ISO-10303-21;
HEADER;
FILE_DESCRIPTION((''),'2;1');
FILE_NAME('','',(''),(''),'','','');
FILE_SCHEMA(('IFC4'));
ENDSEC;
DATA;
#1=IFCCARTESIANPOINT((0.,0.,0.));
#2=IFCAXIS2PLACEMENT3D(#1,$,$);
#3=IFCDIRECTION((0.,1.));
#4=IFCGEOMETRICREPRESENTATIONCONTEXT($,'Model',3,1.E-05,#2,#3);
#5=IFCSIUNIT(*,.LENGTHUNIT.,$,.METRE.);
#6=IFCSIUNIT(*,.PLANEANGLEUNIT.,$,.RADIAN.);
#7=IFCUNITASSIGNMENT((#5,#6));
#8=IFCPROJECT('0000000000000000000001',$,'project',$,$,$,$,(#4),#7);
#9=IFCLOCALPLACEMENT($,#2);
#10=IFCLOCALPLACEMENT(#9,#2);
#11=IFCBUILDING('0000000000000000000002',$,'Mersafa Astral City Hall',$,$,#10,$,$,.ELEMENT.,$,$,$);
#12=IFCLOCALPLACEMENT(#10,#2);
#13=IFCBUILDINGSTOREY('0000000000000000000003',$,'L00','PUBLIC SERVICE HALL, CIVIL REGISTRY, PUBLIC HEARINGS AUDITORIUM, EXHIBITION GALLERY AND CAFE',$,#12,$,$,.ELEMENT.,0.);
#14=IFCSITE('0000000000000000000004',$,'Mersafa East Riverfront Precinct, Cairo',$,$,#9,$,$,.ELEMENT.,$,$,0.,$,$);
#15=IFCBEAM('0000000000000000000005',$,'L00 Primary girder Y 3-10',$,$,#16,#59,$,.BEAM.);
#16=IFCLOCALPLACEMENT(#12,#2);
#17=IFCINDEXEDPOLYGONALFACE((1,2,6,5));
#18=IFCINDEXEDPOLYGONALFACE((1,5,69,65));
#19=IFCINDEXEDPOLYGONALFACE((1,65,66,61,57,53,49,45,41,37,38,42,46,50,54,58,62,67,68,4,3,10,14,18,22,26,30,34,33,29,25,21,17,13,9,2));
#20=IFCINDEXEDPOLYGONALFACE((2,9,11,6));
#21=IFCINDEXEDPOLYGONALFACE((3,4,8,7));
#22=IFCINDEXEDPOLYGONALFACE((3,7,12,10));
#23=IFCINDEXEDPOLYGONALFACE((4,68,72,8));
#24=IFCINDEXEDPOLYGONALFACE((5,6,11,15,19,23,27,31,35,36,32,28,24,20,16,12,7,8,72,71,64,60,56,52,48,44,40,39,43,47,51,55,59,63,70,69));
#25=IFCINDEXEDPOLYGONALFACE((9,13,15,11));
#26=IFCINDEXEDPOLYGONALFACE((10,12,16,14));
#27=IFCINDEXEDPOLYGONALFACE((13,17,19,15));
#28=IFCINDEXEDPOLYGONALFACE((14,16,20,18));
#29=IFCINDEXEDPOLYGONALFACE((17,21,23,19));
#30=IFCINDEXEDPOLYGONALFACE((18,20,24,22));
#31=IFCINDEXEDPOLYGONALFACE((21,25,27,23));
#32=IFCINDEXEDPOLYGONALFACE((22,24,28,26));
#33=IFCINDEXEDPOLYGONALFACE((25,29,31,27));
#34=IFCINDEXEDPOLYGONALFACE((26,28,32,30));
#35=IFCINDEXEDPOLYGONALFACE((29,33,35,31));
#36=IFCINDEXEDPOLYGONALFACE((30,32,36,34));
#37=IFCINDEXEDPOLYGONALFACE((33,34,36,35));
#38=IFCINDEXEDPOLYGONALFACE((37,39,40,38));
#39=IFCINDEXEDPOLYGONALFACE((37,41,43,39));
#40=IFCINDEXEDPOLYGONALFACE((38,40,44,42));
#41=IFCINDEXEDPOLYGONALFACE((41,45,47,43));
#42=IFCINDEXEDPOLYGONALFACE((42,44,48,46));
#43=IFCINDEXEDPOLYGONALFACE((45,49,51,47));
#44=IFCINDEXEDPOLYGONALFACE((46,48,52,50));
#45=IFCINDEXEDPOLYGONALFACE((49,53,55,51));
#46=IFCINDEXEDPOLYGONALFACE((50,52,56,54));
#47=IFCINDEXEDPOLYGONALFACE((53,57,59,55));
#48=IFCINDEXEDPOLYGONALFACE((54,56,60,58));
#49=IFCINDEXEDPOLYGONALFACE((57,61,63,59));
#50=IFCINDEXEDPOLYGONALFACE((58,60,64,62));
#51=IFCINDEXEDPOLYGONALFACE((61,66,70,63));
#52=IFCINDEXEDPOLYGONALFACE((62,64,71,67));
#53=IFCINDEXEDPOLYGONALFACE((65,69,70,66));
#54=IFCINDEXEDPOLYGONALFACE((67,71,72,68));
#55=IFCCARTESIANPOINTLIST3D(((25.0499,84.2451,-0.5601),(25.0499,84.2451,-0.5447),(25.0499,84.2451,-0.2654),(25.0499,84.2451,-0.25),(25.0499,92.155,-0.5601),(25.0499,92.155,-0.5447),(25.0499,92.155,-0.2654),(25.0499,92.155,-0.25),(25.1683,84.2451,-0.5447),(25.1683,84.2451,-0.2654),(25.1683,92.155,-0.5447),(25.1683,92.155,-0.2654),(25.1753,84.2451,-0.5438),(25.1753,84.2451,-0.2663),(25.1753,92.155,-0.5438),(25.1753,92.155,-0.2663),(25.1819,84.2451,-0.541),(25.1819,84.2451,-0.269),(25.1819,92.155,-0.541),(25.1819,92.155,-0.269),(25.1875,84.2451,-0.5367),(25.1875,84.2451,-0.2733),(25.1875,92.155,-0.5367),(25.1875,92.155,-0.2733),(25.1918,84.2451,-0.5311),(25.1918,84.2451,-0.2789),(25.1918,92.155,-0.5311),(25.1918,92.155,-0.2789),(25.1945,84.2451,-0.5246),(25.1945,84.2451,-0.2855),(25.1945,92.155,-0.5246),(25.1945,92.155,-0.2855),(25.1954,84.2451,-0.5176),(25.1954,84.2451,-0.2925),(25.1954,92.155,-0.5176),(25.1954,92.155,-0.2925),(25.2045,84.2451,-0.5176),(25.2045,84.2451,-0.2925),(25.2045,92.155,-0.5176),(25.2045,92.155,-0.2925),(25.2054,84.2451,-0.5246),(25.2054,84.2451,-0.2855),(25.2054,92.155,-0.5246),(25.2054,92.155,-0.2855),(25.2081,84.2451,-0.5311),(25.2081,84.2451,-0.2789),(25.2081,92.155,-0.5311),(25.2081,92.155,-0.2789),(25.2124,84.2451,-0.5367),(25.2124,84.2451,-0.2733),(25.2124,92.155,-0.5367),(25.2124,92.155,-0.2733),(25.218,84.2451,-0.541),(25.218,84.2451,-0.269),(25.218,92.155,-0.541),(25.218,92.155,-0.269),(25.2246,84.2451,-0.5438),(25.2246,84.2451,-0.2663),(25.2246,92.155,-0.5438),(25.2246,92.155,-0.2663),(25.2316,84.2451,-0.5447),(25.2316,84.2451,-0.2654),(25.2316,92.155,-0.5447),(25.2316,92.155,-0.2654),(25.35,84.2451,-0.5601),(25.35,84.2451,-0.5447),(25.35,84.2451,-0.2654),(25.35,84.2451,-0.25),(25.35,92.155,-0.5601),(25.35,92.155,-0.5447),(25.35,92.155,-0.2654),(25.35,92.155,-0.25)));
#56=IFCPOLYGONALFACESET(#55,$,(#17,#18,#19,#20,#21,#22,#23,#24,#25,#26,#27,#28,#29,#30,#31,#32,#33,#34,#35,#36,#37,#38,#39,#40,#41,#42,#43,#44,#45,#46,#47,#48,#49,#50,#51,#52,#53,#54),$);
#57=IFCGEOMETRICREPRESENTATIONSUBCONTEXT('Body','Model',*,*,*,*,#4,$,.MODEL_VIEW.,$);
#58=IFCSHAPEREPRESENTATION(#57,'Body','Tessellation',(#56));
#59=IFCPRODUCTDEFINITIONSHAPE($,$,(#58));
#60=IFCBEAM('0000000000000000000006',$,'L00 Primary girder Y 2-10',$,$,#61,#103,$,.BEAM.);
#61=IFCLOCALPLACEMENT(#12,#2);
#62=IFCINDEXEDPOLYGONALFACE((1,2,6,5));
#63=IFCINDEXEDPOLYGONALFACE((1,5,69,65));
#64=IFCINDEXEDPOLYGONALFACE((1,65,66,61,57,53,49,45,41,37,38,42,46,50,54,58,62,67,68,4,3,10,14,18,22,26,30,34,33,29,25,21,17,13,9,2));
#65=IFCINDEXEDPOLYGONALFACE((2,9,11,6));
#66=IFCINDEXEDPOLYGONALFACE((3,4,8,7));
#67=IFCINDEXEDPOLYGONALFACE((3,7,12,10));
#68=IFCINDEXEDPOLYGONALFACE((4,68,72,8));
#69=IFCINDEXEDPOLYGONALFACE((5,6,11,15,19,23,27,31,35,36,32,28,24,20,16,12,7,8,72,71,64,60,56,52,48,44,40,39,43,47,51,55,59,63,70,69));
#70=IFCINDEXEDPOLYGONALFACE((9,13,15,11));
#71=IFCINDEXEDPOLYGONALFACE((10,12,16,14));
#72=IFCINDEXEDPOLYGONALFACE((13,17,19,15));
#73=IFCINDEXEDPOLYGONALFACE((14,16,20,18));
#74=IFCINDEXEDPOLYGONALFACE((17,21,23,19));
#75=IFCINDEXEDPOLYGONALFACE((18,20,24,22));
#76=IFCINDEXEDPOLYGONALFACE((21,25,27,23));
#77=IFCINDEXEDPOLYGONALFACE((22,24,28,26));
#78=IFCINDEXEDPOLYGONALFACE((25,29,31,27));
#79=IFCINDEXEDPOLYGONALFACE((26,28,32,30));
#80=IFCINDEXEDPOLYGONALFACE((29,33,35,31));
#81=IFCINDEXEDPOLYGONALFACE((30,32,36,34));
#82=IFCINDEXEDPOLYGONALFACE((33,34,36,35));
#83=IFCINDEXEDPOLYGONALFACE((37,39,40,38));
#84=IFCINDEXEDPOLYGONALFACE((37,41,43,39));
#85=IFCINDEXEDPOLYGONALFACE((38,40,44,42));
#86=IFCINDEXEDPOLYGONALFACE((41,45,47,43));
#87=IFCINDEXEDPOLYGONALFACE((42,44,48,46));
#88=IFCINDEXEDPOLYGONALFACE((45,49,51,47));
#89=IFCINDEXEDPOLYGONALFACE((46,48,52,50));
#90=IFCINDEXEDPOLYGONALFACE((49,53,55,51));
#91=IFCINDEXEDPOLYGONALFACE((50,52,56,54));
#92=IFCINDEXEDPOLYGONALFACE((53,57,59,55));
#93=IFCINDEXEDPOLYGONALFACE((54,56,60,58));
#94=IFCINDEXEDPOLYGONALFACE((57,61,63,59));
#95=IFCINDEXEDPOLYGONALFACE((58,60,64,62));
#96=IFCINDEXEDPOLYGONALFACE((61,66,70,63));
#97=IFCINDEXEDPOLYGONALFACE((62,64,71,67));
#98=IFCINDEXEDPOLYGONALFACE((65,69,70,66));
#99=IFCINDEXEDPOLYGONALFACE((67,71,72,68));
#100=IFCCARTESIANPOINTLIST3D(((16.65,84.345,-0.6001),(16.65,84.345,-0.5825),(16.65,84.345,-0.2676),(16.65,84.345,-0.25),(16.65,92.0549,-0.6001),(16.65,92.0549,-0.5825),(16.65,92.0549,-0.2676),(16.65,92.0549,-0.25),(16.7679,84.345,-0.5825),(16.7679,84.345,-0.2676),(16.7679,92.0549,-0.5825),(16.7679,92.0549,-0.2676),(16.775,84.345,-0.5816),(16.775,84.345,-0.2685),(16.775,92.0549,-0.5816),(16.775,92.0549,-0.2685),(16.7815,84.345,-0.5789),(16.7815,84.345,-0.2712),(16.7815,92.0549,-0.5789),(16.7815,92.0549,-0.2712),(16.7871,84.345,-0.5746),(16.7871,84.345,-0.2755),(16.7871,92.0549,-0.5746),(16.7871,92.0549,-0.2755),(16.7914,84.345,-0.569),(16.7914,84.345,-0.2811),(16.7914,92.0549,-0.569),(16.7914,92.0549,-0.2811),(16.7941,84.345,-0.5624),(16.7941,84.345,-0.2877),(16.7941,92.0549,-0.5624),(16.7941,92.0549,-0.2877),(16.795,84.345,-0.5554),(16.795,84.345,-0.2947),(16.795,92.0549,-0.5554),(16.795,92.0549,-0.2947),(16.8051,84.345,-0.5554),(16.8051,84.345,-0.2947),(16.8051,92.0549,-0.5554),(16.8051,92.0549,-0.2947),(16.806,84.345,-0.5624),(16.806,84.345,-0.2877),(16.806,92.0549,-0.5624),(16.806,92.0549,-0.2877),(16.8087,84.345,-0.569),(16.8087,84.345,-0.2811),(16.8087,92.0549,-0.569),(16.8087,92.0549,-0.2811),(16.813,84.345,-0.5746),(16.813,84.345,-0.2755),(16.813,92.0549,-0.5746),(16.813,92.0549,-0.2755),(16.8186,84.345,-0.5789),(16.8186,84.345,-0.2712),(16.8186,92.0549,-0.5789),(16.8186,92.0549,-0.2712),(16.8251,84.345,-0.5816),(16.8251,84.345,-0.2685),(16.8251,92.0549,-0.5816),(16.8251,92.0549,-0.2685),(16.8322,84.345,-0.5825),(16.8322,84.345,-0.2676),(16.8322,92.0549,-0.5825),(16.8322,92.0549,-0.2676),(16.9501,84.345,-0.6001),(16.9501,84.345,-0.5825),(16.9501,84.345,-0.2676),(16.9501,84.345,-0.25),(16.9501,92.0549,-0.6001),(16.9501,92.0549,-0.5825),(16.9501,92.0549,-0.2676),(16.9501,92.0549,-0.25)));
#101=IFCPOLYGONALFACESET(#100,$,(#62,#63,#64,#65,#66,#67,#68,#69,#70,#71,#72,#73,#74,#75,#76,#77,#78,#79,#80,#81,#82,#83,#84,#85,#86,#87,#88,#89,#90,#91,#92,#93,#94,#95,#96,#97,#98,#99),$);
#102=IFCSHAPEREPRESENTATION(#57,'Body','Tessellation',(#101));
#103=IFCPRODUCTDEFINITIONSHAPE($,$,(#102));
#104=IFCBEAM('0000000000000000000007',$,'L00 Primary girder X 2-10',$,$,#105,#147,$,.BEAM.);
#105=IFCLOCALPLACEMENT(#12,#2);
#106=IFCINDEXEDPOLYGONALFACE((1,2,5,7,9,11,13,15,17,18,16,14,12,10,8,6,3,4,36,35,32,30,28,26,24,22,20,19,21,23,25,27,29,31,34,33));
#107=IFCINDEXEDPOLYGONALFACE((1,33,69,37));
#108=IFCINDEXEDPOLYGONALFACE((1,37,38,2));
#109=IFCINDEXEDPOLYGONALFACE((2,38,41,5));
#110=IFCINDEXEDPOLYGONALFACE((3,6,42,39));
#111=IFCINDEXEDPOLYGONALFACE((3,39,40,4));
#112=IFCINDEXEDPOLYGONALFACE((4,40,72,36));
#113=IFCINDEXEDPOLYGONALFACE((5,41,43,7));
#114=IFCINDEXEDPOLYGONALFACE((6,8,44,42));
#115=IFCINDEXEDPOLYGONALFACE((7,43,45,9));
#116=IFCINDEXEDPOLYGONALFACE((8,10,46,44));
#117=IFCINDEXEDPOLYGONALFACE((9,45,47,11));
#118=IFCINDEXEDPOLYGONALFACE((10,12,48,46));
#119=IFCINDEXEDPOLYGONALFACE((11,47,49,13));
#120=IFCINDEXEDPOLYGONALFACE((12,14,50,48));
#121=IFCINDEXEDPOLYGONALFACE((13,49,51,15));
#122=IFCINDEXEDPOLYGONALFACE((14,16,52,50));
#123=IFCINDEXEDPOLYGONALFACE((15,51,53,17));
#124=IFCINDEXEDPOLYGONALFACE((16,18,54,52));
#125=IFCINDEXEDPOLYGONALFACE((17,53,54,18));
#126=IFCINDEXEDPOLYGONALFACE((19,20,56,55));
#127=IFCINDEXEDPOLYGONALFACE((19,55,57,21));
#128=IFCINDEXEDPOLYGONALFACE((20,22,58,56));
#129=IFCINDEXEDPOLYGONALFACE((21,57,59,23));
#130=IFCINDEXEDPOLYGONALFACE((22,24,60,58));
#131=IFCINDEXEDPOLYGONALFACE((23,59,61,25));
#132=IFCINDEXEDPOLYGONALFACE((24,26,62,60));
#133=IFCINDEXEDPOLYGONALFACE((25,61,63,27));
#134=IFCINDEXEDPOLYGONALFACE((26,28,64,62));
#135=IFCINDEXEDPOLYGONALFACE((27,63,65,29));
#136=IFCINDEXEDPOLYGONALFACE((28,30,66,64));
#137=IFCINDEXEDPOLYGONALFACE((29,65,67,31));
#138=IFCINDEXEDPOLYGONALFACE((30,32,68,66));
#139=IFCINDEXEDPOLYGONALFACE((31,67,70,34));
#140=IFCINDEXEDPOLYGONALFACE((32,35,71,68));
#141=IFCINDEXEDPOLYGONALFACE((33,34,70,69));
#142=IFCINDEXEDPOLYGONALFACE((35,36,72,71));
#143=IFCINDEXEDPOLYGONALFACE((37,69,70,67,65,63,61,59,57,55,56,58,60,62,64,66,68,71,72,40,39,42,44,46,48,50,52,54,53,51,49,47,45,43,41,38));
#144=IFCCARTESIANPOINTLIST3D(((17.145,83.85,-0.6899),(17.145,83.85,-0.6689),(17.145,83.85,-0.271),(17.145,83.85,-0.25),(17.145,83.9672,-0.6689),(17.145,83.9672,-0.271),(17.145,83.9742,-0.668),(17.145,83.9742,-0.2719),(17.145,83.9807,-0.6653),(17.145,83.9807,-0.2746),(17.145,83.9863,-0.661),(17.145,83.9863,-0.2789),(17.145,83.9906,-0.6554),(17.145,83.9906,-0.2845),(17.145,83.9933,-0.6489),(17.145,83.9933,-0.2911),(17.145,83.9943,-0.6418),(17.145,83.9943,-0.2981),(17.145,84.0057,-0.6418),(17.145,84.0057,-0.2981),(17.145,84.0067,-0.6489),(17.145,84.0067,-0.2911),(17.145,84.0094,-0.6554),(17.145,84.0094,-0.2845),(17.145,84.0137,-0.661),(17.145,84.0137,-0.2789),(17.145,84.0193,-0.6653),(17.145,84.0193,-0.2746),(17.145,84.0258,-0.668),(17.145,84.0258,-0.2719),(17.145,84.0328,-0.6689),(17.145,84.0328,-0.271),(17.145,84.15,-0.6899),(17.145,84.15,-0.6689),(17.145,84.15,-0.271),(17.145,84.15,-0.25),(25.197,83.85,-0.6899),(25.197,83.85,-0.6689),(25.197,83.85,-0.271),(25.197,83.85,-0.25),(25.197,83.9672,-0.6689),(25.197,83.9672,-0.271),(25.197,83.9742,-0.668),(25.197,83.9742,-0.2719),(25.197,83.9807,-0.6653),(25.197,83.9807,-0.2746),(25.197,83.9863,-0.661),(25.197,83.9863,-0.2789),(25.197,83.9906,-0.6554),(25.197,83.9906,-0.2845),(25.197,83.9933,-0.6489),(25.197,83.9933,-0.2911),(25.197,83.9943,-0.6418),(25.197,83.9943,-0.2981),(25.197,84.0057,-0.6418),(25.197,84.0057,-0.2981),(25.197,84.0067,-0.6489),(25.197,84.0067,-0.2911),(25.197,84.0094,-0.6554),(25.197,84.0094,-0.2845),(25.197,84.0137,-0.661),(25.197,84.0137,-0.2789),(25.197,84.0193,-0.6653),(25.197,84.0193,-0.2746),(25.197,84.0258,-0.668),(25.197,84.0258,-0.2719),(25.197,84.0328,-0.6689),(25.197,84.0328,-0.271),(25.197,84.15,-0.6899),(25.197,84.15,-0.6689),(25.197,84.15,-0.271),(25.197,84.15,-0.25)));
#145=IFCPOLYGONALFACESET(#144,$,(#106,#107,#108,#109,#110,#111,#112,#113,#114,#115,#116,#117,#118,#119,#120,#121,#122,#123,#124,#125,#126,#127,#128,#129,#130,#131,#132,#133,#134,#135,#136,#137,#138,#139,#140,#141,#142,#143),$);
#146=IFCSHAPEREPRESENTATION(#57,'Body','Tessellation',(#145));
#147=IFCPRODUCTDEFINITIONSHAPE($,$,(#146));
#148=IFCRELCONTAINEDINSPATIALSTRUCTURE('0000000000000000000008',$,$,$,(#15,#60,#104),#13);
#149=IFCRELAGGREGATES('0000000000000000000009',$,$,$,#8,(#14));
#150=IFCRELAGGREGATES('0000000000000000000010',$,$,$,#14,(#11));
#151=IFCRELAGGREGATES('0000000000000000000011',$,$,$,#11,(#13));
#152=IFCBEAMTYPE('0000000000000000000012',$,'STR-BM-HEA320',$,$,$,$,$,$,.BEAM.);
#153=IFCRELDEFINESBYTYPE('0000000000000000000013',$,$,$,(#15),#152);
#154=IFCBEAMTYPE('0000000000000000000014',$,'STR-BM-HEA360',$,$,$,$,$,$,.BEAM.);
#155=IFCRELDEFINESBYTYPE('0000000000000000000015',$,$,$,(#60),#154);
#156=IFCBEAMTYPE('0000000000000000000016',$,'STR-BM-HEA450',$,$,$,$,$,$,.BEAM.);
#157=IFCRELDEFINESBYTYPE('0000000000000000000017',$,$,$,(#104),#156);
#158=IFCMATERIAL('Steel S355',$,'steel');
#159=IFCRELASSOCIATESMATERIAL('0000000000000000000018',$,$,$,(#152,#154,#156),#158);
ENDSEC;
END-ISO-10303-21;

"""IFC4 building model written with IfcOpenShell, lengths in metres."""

from ifc_helpers import new_model, si_unit, direction, frame, origin, origin_2d, place, context, subcontext, project, spatial, i_section, extrude, material, material_profile, profile_set, type_object, element, save


model = new_model("IFC4")

# Units and contexts
model_context = context("Model", 3, precision=1e-05, world=origin(), true_north=direction((0.0, 1.0)))
body_context = subcontext(model_context, "Body", "Model", "MODEL_VIEW")
ifc_project = project(units=[si_unit("LENGTHUNIT", "METRE"), si_unit("PLANEANGLEUNIT", "RADIAN")], contexts=[model_context])

# Site, building, storey
site_placement = place(None, origin())
site = spatial("IfcSite", under=ifc_project, at=site_placement, Name="Mersafa East Riverfront Precinct, Cairo", CompositionType="ELEMENT", RefElevation=0.0)
building_placement = place(site_placement, origin())
building = spatial("IfcBuilding", under=site, at=building_placement, Name="Mersafa Astral City Hall", CompositionType="ELEMENT")
storey_placement = place(building_placement, origin())
storey = spatial("IfcBuildingStorey", under=building, at=storey_placement, Name="L00", Description="PUBLIC SERVICE HALL, CIVIL REGISTRY, PUBLIC HEARINGS AUDITORIUM, EXHIBITION GALLERY AND CAFE", CompositionType="ELEMENT", Elevation=0.0)

# Shared definitions
ifc_material_1 = material(Name="Steel S355", Category="steel")

# Beams
ifc_material_profile_1 = material_profile(ifc_material_1, i_section(OverallWidth=0.3, OverallDepth=0.3101, WebThickness=0.009, FlangeThickness=0.0154, FilletRadius=0.0271, at=origin_2d()), Name="HEA 320")
ifc_profile_set_1 = profile_set([ifc_material_profile_1], Name="Steel S355")
beam_type_1 = type_object("IfcBeamType", Name="STR-BM-HEA320", PredefinedType="BEAM", material=ifc_profile_set_1)
beam_1_placement = place(storey_placement, frame((25.2, 84.2451, -0.405), z_axis=(0.0, 1.0, 0.0), x_axis=(-1.0, 0.0, 0.0)))
element("IfcBeam", 1, at=beam_1_placement, inside=storey, type_object=beam_type_1, Name="L00 Primary girder Y 3-10", PredefinedType="BEAM", context=body_context, shape_type="SweptSolid", body=[
    extrude(i_section(OverallWidth=0.3, OverallDepth=0.3101, WebThickness=0.009, FlangeThickness=0.0154, FilletRadius=0.0271, at=origin_2d()), origin(), (0.0, 0.0, 1.0), 7.9099),
])
ifc_material_profile_2 = material_profile(ifc_material_1, i_section(OverallWidth=0.3, OverallDepth=0.3501, WebThickness=0.01, FlangeThickness=0.0176, FilletRadius=0.0271, at=origin_2d()), Name="HEA 360")
ifc_profile_set_2 = profile_set([ifc_material_profile_2], Name="Steel S355")
beam_type_2 = type_object("IfcBeamType", Name="STR-BM-HEA360", PredefinedType="BEAM", material=ifc_profile_set_2)
beam_2_placement = place(storey_placement, frame((16.8, 84.345, -0.425), z_axis=(0.0, 1.0, 0.0), x_axis=(-1.0, 0.0, 0.0)))
element("IfcBeam", 2, at=beam_2_placement, inside=storey, type_object=beam_type_2, Name="L00 Primary girder Y 2-10", PredefinedType="BEAM", context=body_context, shape_type="SweptSolid", body=[
    extrude(i_section(OverallWidth=0.3, OverallDepth=0.3501, WebThickness=0.01, FlangeThickness=0.0176, FilletRadius=0.0271, at=origin_2d()), origin(), (0.0, 0.0, 1.0), 7.71),
])
ifc_material_profile_3 = material_profile(ifc_material_1, i_section(OverallWidth=0.3, OverallDepth=0.4399, WebThickness=0.0115, FlangeThickness=0.021, FilletRadius=0.0271, at=origin_2d()), Name="HEA 450")
ifc_profile_set_3 = profile_set([ifc_material_profile_3], Name="Steel S355")
beam_type_3 = type_object("IfcBeamType", Name="STR-BM-HEA450", PredefinedType="BEAM", material=ifc_profile_set_3)
beam_3_placement = place(storey_placement, frame((17.145, 84.0, -0.47), z_axis=(1.0, 0.0, 0.0), x_axis=(0.0, 1.0, 0.0)))
element("IfcBeam", 3, at=beam_3_placement, inside=storey, type_object=beam_type_3, Name="L00 Primary girder X 2-10", PredefinedType="BEAM", context=body_context, shape_type="SweptSolid", body=[
    extrude(i_section(OverallWidth=0.3, OverallDepth=0.4399, WebThickness=0.0115, FlangeThickness=0.021, FilletRadius=0.0271, at=origin_2d()), origin(), (0.0, 0.0, 1.0), 8.052),
])

save(model, "model.ifc")
